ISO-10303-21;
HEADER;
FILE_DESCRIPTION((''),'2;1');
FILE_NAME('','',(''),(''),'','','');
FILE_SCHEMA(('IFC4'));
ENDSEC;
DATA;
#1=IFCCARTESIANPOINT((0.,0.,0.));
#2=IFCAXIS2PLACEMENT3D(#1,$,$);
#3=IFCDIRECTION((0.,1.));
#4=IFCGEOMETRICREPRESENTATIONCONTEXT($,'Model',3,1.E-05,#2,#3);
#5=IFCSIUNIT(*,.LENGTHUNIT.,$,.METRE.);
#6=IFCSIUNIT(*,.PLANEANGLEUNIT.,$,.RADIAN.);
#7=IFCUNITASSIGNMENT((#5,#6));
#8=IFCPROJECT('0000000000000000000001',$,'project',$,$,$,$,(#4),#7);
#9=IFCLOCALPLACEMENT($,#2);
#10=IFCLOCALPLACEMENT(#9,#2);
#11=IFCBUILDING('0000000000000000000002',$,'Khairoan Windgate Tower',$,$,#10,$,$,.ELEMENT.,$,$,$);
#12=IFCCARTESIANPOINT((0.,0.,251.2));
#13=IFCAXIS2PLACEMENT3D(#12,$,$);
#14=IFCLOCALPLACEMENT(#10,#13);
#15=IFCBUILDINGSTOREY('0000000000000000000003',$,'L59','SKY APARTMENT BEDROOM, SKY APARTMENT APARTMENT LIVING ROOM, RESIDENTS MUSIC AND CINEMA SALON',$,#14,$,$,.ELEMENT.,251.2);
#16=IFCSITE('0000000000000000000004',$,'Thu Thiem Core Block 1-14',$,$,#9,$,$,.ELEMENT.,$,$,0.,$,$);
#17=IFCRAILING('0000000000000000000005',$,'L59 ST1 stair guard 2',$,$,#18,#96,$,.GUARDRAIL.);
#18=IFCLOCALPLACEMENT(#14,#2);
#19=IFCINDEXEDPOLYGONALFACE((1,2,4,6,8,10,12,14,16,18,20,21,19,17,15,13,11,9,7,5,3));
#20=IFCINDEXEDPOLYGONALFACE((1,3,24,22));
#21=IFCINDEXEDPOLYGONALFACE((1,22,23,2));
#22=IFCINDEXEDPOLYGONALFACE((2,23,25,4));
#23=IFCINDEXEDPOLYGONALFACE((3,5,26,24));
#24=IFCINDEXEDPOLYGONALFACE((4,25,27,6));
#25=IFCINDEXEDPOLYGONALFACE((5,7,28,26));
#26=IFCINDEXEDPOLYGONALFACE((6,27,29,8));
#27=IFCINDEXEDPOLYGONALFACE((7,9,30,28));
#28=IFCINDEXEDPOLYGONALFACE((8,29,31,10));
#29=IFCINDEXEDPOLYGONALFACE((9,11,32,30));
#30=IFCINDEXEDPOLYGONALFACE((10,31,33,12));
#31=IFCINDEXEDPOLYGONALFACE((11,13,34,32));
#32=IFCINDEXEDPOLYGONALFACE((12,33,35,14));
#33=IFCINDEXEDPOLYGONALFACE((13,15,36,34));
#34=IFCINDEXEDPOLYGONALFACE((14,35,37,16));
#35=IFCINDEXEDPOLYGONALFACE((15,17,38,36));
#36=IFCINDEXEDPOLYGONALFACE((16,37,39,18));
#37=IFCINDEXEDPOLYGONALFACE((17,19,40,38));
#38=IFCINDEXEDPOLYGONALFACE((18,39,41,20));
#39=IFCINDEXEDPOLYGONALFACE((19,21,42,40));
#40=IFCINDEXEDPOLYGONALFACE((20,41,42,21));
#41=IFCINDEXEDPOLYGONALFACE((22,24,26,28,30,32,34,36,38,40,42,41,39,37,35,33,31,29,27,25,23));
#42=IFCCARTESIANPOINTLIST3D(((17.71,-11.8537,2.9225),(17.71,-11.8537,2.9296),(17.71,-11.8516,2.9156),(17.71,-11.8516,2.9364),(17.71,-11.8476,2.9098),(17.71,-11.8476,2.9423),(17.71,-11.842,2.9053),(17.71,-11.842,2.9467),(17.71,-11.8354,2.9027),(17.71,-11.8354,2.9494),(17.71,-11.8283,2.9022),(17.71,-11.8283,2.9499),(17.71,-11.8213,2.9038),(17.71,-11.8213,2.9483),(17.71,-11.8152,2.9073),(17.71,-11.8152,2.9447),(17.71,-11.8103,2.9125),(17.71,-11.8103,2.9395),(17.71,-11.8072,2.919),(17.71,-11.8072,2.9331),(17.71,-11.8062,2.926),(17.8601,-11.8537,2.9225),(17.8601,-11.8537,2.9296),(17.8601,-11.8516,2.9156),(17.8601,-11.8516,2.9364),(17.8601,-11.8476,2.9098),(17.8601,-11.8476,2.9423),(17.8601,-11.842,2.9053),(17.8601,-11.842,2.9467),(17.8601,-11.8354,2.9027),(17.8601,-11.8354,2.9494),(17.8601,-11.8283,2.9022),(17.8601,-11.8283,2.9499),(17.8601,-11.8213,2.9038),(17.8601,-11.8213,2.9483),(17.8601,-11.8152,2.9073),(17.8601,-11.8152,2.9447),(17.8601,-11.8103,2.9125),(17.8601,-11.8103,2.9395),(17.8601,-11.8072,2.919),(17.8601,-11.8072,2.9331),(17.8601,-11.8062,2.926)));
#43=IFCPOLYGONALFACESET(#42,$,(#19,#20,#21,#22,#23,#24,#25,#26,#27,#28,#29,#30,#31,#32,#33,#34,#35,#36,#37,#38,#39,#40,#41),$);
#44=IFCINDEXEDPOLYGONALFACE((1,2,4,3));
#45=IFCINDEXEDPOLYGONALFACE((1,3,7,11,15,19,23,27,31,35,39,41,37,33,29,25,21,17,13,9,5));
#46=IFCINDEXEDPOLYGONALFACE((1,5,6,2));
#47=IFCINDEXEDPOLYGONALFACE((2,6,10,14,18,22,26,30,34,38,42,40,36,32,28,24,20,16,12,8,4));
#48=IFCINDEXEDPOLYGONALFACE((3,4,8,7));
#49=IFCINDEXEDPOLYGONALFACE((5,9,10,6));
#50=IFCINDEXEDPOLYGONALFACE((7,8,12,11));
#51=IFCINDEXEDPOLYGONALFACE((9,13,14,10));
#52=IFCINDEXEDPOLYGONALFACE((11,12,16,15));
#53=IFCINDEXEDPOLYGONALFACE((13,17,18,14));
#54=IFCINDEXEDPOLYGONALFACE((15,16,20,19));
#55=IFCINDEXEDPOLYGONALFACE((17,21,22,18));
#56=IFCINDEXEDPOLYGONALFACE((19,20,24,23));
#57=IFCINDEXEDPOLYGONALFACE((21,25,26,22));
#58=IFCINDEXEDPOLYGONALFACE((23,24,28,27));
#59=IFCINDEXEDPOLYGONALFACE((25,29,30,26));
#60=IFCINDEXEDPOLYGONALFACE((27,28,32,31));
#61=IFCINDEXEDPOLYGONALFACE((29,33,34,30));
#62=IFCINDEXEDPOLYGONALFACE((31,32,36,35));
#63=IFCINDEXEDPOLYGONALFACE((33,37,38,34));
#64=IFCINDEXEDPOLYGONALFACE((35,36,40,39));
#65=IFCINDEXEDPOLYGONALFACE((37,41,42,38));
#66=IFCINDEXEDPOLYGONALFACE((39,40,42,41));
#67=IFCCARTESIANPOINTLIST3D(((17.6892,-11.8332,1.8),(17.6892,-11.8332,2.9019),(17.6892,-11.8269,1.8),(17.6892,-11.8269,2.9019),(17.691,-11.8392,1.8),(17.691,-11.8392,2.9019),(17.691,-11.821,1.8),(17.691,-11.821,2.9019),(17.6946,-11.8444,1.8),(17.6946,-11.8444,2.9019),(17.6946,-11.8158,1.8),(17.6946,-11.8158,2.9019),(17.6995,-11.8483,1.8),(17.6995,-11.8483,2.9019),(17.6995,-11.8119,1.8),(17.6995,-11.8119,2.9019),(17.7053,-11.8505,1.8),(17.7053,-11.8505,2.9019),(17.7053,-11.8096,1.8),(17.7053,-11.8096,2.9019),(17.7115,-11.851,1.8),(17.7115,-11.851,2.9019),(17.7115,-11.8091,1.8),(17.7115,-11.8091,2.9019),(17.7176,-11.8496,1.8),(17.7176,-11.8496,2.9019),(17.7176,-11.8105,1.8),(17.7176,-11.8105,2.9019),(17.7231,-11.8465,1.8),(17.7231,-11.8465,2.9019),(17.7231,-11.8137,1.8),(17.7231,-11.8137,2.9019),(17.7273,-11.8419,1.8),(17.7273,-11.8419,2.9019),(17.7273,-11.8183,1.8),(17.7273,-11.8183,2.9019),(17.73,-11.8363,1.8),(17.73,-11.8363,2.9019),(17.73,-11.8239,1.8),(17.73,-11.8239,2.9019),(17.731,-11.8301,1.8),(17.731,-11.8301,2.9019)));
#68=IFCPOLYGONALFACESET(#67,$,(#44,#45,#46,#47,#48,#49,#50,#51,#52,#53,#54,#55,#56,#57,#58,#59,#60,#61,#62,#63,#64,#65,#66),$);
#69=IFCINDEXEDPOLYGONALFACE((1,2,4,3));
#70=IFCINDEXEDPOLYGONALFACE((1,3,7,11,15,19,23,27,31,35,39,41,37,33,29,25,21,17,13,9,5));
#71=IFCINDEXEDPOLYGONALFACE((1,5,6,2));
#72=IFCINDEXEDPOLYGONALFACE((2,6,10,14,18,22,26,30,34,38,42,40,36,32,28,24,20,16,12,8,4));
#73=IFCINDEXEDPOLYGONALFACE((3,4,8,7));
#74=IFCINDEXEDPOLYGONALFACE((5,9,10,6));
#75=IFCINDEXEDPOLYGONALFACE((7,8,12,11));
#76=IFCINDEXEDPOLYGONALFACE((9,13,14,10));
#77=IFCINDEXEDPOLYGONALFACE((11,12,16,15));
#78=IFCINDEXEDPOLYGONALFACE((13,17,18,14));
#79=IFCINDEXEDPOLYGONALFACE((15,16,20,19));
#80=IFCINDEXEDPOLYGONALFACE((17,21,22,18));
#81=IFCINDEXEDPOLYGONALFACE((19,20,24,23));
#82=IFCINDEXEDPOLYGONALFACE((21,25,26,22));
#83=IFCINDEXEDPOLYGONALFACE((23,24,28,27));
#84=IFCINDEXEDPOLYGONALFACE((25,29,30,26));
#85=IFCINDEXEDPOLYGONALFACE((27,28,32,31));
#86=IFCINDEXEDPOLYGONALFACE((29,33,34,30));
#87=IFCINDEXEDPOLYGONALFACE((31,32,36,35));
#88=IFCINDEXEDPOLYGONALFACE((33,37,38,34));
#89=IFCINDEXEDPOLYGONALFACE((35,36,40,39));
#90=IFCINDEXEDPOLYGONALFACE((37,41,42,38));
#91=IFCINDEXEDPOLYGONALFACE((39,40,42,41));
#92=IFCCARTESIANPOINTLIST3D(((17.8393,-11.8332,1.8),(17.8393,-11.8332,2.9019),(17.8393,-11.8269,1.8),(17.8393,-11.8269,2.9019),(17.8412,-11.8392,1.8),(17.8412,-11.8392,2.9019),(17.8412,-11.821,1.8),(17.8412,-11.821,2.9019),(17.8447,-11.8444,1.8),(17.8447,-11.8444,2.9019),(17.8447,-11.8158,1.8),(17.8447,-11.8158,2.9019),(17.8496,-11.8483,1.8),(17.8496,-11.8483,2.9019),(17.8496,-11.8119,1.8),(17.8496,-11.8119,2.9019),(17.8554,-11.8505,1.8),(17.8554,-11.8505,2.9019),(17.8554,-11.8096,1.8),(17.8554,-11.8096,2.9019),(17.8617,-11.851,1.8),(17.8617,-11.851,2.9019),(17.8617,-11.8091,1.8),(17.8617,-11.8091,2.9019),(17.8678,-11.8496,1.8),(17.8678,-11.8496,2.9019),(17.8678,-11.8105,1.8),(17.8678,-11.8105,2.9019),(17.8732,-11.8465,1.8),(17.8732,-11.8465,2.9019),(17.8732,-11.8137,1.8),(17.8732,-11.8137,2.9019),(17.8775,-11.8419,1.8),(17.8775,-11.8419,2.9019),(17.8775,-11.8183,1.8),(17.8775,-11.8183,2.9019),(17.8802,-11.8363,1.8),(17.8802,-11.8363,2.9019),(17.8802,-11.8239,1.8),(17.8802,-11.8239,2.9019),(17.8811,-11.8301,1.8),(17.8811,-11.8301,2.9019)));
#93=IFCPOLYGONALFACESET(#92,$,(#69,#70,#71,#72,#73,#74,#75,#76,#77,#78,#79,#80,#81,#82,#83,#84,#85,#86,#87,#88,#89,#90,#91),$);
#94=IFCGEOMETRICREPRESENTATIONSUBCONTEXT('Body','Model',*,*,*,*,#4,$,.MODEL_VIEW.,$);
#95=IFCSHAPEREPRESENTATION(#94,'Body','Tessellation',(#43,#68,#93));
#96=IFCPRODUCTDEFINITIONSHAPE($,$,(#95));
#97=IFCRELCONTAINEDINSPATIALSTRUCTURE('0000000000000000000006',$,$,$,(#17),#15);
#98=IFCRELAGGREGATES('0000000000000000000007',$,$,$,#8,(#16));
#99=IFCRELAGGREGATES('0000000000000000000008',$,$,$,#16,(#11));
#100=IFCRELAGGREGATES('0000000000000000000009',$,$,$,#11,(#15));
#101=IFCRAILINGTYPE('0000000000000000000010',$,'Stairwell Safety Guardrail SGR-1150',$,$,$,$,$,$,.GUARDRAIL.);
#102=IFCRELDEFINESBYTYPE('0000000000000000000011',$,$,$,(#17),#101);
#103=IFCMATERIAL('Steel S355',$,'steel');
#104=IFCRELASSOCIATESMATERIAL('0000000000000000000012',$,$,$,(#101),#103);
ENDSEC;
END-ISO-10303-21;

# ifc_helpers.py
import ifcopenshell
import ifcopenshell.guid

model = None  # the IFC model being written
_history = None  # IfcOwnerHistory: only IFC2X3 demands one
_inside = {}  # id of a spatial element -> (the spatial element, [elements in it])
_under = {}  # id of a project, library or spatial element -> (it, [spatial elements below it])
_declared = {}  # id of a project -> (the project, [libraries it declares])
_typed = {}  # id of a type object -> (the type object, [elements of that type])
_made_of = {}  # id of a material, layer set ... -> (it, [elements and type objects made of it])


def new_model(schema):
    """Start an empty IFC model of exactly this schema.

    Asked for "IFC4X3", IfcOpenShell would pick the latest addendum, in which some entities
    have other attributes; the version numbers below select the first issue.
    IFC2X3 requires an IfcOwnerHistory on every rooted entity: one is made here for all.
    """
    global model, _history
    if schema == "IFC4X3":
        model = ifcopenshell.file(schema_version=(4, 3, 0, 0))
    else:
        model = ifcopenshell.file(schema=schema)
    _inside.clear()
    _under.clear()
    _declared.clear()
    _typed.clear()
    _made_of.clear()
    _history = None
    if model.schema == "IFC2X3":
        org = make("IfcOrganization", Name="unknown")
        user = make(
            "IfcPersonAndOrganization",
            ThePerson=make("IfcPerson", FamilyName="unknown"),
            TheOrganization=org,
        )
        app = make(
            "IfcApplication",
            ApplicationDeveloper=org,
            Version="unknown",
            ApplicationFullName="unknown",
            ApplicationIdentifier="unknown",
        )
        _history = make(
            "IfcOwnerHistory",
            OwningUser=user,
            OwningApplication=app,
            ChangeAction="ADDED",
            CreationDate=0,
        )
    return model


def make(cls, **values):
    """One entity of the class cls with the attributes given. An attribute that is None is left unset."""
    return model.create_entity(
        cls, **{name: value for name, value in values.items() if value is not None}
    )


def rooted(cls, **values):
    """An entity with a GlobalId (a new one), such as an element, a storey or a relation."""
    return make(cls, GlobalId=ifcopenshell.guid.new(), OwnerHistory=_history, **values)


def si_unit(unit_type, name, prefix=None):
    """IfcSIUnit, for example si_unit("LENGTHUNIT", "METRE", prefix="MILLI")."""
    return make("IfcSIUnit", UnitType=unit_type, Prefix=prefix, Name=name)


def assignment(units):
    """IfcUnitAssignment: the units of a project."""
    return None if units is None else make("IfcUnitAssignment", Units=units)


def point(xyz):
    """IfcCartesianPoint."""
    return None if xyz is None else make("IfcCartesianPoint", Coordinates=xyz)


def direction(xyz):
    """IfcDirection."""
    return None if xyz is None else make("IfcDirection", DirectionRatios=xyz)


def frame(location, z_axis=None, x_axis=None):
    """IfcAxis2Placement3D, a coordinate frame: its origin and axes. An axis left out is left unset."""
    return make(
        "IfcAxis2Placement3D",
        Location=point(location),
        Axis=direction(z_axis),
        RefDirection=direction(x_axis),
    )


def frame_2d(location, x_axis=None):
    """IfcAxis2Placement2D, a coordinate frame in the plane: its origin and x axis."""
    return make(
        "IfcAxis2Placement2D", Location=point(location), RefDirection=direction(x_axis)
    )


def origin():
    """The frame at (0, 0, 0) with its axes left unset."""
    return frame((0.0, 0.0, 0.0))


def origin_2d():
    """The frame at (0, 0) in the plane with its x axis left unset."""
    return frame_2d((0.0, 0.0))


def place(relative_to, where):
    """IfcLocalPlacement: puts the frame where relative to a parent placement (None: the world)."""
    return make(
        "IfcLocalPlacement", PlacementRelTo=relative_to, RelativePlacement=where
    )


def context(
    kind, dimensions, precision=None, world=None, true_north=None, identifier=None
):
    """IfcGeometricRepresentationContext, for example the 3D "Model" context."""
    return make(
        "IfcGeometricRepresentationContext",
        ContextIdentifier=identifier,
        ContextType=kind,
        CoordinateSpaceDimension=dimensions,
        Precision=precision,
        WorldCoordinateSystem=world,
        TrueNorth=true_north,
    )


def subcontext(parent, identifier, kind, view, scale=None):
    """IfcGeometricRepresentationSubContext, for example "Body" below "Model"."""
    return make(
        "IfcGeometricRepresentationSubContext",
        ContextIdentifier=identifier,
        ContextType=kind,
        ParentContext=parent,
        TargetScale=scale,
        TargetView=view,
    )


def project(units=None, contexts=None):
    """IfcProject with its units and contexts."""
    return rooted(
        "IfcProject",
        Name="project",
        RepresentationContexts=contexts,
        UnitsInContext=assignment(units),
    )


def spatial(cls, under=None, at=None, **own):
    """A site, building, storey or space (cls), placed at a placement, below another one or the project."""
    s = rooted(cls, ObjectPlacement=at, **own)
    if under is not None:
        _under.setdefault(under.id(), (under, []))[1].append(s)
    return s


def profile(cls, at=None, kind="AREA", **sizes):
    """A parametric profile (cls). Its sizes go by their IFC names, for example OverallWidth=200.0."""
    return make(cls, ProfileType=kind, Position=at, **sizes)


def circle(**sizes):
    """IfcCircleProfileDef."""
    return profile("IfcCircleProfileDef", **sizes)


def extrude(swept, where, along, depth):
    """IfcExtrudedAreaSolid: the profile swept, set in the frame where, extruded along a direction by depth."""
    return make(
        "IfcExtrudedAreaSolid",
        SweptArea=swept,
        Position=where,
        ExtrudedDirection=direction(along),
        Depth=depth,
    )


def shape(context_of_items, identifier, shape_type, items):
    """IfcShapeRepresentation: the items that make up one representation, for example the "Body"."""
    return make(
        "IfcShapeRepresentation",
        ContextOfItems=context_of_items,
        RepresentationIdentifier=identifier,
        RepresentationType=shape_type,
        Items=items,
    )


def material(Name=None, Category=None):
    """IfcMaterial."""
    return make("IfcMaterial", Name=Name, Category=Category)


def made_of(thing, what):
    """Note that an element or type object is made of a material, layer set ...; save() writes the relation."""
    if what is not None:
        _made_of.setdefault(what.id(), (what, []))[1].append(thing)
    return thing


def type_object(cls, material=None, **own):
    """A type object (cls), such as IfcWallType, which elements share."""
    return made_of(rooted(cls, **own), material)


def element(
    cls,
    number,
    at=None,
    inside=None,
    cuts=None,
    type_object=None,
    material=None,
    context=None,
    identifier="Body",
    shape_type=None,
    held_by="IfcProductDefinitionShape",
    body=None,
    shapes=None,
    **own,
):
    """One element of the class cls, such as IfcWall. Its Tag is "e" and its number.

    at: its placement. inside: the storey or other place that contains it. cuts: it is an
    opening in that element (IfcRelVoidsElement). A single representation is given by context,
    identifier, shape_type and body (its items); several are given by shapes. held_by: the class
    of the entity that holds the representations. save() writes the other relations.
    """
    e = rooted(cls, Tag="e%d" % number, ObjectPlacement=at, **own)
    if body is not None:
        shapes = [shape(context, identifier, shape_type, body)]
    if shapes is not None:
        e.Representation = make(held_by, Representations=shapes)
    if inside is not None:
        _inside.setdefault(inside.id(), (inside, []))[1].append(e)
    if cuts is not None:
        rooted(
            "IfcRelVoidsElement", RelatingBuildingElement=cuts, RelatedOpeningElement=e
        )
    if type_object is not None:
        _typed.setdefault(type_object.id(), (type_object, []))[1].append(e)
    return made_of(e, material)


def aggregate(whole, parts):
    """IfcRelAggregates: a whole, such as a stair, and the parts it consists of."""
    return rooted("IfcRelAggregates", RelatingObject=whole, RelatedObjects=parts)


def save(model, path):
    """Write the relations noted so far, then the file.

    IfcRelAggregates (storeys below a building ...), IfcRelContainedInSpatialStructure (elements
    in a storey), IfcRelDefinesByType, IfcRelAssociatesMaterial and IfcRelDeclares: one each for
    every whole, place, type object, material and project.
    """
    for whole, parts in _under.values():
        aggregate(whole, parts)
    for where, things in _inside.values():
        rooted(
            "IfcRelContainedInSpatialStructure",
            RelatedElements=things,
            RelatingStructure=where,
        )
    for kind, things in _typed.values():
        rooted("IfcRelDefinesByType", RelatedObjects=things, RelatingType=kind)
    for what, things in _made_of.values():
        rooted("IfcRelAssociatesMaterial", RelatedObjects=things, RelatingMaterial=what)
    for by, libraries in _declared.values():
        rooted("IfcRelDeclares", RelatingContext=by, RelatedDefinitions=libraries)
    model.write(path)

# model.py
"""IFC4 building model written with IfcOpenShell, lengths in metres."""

from ifc_helpers import new_model, si_unit, direction, frame, origin, origin_2d, place, context, subcontext, project, spatial, circle, extrude, material, type_object, element, save


model = new_model("IFC4")

# Units and contexts
model_context = context("Model", 3, precision=1e-05, world=origin(), true_north=direction((0.0, 1.0)))
body_context = subcontext(model_context, "Body", "Model", "MODEL_VIEW")
ifc_project = project(units=[si_unit("LENGTHUNIT", "METRE"), si_unit("PLANEANGLEUNIT", "RADIAN")], contexts=[model_context])

# Site, building, storey
site_placement = place(None, origin())
site = spatial("IfcSite", under=ifc_project, at=site_placement, Name="Thu Thiem Core Block 1-14", CompositionType="ELEMENT", RefElevation=0.0)
building_placement = place(site_placement, origin())
building = spatial("IfcBuilding", under=site, at=building_placement, Name="Khairoan Windgate Tower", CompositionType="ELEMENT")
storey_placement = place(building_placement, frame((0.0, 0.0, 251.2)))
storey = spatial("IfcBuildingStorey", under=building, at=storey_placement, Name="L59", Description="SKY APARTMENT BEDROOM, SKY APARTMENT APARTMENT LIVING ROOM, RESIDENTS MUSIC AND CINEMA SALON", CompositionType="ELEMENT", Elevation=251.2)

# Railing
ifc_material_1 = material(Name="Steel S355", Category="steel")
railing_type_1 = type_object("IfcRailingType", Name="Stairwell Safety Guardrail SGR-1150", PredefinedType="GUARDRAIL", material=ifc_material_1)
railing_1_placement = place(storey_placement, frame((17.71, -11.8301, 1.8)))
element("IfcRailing", 1, at=railing_1_placement, inside=storey, type_object=railing_type_1, Name="L59 ST1 stair guard 2", PredefinedType="GUARDRAIL", context=body_context, shape_type="SweptSolid", body=[
    extrude(circle(Radius=0.0239, at=origin_2d()), frame((0.0, 0.0, 1.126), z_axis=(1.0, 0.0, 0.0), x_axis=(0.0, 1.0, 0.0)), (0.0, 0.0, 1.0), 0.1501),
    extrude(circle(Radius=0.021, at=origin_2d()), origin(), (0.0, 0.0, 1.0), 1.1018),
    extrude(circle(Radius=0.021, at=origin_2d()), frame((0.1501, 0.0, 0.0)), (0.0, 0.0, 1.0), 1.1018),
])

save(model, "model.ifc")
